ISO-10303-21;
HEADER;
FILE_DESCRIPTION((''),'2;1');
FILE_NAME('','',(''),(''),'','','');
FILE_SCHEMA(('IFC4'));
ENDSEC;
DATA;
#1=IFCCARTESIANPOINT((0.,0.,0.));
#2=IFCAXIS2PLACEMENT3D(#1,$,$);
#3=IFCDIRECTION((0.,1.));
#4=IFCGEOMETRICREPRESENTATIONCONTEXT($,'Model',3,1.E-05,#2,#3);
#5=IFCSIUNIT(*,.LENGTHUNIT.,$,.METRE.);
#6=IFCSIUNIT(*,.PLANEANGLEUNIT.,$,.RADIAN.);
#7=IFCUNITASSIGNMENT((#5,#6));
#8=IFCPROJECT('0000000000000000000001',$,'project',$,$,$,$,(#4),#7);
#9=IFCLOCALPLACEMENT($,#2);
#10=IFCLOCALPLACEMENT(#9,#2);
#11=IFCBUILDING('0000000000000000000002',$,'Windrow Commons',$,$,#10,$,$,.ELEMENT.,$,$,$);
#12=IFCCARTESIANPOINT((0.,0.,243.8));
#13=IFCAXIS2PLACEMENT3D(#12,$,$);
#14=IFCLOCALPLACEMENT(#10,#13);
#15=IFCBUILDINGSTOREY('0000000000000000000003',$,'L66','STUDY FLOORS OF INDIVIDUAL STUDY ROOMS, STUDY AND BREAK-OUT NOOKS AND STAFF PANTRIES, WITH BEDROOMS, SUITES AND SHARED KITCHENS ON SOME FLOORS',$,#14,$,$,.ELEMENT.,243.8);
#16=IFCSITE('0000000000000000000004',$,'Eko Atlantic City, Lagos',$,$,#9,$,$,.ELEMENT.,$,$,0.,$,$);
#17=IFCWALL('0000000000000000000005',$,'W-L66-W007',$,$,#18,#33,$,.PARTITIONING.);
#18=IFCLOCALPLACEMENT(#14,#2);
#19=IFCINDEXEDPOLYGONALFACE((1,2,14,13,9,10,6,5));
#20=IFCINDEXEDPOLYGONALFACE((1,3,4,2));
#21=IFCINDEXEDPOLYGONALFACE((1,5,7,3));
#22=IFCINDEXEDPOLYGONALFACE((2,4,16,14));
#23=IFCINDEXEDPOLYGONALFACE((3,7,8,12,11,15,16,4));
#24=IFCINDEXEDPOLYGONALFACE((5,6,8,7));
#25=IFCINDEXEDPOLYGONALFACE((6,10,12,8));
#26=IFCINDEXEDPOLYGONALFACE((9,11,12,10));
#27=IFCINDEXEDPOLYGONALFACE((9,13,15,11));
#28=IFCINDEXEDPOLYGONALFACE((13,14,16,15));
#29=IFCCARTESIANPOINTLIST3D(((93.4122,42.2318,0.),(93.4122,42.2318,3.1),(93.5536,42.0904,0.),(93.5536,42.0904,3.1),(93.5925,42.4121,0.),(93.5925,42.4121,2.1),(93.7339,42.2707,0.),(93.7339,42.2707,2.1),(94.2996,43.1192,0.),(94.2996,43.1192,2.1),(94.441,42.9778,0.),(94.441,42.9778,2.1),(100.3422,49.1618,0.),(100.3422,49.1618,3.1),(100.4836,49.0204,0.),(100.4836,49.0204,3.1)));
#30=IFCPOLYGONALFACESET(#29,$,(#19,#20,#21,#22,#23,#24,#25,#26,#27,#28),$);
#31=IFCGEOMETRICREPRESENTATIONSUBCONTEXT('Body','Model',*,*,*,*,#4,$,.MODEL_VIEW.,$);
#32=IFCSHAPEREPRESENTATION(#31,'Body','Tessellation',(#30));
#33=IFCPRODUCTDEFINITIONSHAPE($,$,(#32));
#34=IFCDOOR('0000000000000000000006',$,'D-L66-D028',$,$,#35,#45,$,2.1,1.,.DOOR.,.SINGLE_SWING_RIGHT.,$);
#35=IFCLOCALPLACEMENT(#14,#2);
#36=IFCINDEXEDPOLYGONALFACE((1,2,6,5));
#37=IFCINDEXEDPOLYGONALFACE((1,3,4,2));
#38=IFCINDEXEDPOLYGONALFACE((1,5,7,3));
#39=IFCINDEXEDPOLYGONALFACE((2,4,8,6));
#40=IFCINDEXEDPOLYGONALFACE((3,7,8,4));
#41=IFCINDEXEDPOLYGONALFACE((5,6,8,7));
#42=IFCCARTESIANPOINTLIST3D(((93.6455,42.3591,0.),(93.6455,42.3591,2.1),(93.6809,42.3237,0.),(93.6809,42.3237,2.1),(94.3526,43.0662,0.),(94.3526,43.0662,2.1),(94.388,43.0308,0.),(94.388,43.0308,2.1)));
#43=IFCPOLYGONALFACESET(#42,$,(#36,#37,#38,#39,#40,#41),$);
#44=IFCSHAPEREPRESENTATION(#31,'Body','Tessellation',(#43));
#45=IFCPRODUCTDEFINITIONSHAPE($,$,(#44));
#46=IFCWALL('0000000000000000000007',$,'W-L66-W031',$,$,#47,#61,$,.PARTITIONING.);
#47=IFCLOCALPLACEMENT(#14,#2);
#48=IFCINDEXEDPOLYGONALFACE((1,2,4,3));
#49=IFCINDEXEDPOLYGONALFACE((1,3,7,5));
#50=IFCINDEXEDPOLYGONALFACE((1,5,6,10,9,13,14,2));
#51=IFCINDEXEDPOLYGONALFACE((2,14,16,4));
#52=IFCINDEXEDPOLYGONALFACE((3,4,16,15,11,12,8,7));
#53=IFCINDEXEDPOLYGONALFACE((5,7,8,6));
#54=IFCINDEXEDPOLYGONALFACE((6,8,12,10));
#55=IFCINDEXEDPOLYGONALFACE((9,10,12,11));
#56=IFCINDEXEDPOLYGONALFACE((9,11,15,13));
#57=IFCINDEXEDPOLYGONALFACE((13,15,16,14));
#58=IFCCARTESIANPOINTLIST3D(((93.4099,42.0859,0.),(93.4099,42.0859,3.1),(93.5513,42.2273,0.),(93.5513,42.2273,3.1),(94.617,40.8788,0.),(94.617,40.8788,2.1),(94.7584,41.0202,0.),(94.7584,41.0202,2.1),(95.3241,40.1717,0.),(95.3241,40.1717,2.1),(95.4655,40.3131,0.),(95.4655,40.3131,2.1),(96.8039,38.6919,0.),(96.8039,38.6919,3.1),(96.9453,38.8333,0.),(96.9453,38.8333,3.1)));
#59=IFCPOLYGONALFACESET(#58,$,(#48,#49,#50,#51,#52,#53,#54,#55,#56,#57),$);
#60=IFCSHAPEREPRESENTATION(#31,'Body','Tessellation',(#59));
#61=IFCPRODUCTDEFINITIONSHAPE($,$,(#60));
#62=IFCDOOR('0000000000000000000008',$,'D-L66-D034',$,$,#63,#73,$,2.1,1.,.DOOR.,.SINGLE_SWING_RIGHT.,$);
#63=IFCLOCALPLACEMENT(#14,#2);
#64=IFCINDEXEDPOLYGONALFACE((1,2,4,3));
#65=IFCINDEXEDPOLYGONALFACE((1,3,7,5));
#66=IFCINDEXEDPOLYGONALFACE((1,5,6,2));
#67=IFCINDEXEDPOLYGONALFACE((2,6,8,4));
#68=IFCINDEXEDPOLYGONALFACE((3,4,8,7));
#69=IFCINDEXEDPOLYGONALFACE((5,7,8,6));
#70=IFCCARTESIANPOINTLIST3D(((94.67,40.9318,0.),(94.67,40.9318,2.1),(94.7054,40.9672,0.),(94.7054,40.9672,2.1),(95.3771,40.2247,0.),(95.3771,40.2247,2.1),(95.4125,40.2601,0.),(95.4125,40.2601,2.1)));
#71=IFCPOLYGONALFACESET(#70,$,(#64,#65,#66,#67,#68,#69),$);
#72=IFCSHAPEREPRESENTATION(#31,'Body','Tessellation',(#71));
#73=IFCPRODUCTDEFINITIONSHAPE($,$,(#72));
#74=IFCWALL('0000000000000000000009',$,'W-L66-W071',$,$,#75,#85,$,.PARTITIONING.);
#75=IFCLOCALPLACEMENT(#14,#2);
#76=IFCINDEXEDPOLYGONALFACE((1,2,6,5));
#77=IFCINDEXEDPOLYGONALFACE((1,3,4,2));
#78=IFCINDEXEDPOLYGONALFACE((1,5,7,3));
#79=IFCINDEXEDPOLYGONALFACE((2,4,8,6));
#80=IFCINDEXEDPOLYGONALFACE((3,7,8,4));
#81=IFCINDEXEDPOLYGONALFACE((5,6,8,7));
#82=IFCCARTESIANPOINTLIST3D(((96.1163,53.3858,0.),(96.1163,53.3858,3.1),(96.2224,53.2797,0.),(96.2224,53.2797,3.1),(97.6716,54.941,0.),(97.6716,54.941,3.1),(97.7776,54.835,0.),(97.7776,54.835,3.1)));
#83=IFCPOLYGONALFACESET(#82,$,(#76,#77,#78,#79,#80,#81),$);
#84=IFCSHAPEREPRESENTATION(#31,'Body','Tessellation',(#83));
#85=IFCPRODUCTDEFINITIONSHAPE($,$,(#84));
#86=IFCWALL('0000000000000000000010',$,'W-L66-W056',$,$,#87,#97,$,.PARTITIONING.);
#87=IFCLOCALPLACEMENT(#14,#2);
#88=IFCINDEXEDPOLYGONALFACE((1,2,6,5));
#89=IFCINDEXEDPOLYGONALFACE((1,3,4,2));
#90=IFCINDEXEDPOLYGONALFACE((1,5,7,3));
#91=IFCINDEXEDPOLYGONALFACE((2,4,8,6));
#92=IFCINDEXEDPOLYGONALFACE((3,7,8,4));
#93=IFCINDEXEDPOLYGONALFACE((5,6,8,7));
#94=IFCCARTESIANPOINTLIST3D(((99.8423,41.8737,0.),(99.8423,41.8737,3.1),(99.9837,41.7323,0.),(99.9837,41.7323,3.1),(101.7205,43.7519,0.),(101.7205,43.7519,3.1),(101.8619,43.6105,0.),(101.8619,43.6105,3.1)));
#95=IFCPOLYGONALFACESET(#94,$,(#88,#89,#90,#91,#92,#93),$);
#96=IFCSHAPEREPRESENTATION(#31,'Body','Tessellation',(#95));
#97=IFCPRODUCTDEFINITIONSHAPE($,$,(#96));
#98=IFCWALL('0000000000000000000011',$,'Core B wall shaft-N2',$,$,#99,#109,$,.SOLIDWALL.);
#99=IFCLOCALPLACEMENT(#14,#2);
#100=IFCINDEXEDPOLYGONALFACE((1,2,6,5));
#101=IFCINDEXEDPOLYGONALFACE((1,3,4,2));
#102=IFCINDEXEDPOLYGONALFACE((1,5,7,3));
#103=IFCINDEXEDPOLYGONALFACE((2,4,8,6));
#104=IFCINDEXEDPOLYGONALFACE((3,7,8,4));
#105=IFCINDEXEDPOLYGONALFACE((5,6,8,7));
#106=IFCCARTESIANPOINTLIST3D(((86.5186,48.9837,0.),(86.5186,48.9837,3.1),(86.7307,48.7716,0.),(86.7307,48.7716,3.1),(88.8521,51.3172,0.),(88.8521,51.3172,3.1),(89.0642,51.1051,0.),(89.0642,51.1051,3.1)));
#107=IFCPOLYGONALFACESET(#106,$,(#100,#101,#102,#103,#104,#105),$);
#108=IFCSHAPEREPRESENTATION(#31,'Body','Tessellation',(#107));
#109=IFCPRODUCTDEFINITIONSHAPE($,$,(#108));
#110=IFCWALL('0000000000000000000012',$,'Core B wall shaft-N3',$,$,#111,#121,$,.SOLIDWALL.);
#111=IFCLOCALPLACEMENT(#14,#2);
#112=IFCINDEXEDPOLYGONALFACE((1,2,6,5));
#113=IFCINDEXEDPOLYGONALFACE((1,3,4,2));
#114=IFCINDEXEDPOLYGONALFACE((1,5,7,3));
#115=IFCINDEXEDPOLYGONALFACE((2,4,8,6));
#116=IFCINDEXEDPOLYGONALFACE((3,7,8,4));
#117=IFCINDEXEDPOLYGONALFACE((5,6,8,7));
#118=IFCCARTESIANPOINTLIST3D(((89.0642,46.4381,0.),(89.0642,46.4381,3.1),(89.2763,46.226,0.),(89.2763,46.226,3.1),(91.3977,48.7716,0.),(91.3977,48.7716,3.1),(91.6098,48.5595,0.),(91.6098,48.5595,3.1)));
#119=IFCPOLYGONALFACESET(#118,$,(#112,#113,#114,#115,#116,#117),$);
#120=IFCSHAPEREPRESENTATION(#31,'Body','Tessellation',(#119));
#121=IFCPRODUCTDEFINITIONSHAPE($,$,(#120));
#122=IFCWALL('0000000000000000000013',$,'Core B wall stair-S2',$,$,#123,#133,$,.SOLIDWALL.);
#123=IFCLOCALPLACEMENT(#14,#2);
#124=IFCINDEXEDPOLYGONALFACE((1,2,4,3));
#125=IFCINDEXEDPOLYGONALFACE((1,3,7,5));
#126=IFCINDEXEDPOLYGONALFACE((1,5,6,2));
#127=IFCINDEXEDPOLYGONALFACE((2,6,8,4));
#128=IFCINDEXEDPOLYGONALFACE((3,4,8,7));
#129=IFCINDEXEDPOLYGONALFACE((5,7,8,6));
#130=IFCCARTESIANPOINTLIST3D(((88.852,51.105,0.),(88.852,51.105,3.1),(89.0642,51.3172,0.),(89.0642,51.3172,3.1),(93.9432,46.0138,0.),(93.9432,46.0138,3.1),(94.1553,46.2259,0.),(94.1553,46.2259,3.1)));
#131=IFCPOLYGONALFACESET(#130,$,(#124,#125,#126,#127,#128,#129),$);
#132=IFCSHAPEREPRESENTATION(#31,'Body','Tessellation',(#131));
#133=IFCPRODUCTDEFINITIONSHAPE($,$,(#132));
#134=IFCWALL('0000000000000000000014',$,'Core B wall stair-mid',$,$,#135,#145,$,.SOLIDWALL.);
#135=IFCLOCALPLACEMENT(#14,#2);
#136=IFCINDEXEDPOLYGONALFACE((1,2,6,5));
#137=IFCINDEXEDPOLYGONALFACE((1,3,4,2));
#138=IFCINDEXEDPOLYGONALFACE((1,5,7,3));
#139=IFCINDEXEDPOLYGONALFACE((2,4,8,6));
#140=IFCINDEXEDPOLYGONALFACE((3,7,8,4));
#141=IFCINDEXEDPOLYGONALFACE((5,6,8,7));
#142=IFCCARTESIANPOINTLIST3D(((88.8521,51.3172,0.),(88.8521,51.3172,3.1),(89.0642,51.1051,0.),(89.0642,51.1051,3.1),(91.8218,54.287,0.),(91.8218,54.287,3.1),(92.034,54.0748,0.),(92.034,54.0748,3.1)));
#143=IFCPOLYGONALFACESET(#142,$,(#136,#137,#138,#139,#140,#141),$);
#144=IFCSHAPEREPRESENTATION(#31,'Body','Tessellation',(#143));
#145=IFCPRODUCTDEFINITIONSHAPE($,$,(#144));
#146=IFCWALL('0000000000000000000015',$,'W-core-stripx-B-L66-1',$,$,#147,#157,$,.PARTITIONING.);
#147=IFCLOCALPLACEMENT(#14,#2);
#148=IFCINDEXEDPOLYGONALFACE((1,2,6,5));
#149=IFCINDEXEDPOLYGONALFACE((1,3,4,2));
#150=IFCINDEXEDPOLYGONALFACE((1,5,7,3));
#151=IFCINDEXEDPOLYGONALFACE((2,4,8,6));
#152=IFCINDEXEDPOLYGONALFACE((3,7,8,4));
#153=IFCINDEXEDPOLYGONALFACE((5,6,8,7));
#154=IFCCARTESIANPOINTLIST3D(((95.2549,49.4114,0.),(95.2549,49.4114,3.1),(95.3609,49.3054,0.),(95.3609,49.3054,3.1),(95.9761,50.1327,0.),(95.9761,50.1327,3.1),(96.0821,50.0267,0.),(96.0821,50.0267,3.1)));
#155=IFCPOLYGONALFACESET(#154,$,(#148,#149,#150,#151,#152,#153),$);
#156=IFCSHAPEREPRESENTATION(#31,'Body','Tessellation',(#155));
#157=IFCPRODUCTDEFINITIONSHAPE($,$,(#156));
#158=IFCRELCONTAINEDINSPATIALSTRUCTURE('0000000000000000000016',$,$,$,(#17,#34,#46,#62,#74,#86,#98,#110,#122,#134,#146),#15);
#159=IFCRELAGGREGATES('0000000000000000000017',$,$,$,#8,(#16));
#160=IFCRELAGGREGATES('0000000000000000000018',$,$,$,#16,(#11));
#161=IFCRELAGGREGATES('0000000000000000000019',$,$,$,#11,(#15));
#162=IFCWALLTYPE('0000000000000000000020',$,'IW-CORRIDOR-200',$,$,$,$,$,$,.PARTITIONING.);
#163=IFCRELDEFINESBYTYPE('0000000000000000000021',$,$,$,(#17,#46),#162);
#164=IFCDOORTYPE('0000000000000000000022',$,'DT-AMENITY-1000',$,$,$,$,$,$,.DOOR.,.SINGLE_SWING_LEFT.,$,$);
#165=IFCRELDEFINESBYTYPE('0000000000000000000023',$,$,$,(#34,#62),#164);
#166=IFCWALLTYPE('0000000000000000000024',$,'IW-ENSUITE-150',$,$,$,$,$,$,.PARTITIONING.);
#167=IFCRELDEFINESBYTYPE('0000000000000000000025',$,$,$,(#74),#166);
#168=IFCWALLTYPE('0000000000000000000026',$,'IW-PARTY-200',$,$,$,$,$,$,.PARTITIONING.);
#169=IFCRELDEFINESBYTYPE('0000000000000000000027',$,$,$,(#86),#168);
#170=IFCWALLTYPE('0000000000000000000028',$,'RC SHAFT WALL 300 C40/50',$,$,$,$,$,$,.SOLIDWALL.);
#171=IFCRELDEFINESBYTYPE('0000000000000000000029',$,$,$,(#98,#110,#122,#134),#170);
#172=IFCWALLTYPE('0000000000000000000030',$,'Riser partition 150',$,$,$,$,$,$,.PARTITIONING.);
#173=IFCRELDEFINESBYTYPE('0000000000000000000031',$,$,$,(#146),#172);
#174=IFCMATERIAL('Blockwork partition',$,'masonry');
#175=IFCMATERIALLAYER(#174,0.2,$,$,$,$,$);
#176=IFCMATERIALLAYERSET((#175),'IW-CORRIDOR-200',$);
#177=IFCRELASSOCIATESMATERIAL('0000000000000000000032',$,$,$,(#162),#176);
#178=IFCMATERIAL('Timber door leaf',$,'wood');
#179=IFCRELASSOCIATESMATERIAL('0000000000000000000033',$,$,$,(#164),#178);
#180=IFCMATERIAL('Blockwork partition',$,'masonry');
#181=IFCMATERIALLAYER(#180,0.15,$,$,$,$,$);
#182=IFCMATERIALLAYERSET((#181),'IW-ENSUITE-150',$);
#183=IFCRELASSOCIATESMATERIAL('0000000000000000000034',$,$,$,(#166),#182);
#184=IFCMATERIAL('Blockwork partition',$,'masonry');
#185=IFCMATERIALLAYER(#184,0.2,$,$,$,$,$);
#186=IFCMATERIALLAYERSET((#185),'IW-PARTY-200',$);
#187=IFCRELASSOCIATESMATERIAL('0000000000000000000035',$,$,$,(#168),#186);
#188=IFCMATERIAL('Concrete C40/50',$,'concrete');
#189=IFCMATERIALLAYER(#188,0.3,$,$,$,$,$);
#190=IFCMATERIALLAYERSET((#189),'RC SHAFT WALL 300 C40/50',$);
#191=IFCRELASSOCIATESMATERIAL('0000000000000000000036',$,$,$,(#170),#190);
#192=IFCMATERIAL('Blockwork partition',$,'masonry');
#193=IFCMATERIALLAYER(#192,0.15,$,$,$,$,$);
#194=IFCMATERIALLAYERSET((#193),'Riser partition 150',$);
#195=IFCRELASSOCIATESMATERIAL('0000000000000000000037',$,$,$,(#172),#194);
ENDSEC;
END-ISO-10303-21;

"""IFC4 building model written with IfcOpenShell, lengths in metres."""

from ifc_helpers import new_model, si_unit, direction, frame, frame_2d, origin, place, context, subcontext, project, spatial, rectangle, extrude, material, layer, layer_set, type_object, element, fill, save


model = new_model("IFC4")

# Units and contexts
model_context = context("Model", 3, precision=1e-05, world=origin(), true_north=direction((0.0, 1.0)))
body_context = subcontext(model_context, "Body", "Model", "MODEL_VIEW")
ifc_project = project(units=[si_unit("LENGTHUNIT", "METRE"), si_unit("PLANEANGLEUNIT", "RADIAN")], contexts=[model_context])

# Site, building, storey
site_placement = place(None, origin())
site = spatial("IfcSite", under=ifc_project, at=site_placement, Name="Eko Atlantic City, Lagos", CompositionType="ELEMENT", RefElevation=0.0)
building_placement = place(site_placement, origin())
building = spatial("IfcBuilding", under=site, at=building_placement, Name="Windrow Commons", CompositionType="ELEMENT")
storey_placement = place(building_placement, frame((0.0, 0.0, 243.8)))
storey = spatial("IfcBuildingStorey", under=building, at=storey_placement, Name="L66", Description="STUDY FLOORS OF INDIVIDUAL STUDY ROOMS, STUDY AND BREAK-OUT NOOKS AND STAFF PANTRIES, WITH BEDROOMS, SUITES AND SHARED KITCHENS ON SOME FLOORS", CompositionType="ELEMENT", Elevation=243.8)

# Walls, openings, doors
ifc_material_1 = material(Name="Blockwork partition", Category="masonry")
ifc_layer_1 = layer(ifc_material_1, 0.2)
ifc_layer_set_1 = layer_set([ifc_layer_1], Name="IW-CORRIDOR-200")
wall_type_1 = type_object("IfcWallType", Name="IW-CORRIDOR-200", PredefinedType="PARTITIONING", material=ifc_layer_set_1)
wall_1_placement = place(storey_placement, frame((93.4829, 42.1611, 0.0), z_axis=(0.0, 0.0, 1.0), x_axis=(0.707107, 0.707107, 0.0)))
wall_1 = element("IfcWall", 1, at=wall_1_placement, inside=storey, type_object=wall_type_1, Name="W-L66-W007", PredefinedType="PARTITIONING", context=body_context, shape_type="SweptSolid", body=[
    extrude(rectangle(XDim=9.8005, YDim=0.2, at=frame_2d((4.9002, 0.0))), origin(), (0.0, 0.0, 1.0), 3.1),
])
opening_1_placement = place(wall_1_placement, frame((0.255, 0.0, 0.0)))
opening_1 = element("IfcOpeningElement", 2, at=opening_1_placement, cuts=wall_1, PredefinedType="OPENING", context=body_context, shape_type="SweptSolid", body=[
    extrude(rectangle(XDim=1.0, YDim=2.1, at=frame_2d((0.5, 1.05))), frame((0.0, 0.11, 0.0), z_axis=(0.0, -1.0, 0.0), x_axis=(1.0, 0.0, 0.0)), (0.0, 0.0, 1.0), 0.22),
])
ifc_material_2 = material(Name="Timber door leaf", Category="wood")
door_type = type_object("IfcDoorType", Name="DT-AMENITY-1000", OperationType="SINGLE_SWING_LEFT", PredefinedType="DOOR", material=ifc_material_2)
door_1_placement = place(opening_1_placement, origin())
door_1 = element("IfcDoor", 3, at=door_1_placement, inside=storey, type_object=door_type, Name="D-L66-D028", OperationType="SINGLE_SWING_RIGHT", OverallHeight=2.1, OverallWidth=1.0, PredefinedType="DOOR", context=body_context, shape_type="SweptSolid", body=[
    extrude(rectangle(XDim=1.0, YDim=2.1, at=frame_2d((0.5, 1.05))), frame((0.0, 0.025, 0.0), z_axis=(0.0, -1.0, 0.0), x_axis=(1.0, 0.0, 0.0)), (0.0, 0.0, 1.0), 0.05),
])
fill(opening_1, door_1)
wall_2_placement = place(storey_placement, frame((93.4806, 42.1566, 0.0), z_axis=(0.0, 0.0, 1.0), x_axis=(0.707107, -0.707107, 0.0)))
wall_2 = element("IfcWall", 4, at=wall_2_placement, inside=storey, type_object=wall_type_1, Name="W-L66-W031", PredefinedType="PARTITIONING", context=body_context, shape_type="SweptSolid", body=[
    extrude(rectangle(XDim=4.7998, YDim=0.2, at=frame_2d((2.3999, 0.0))), origin(), (0.0, 0.0, 1.0), 3.1),
])
opening_2_placement = place(wall_2_placement, frame((1.7071, 0.0, 0.0)))
opening_2 = element("IfcOpeningElement", 5, at=opening_2_placement, cuts=wall_2, PredefinedType="OPENING", context=body_context, shape_type="SweptSolid", body=[
    extrude(rectangle(XDim=1.0, YDim=2.1, at=frame_2d((0.5, 1.05))), frame((0.0, 0.11, 0.0), z_axis=(0.0, -1.0, 0.0), x_axis=(1.0, 0.0, 0.0)), (0.0, 0.0, 1.0), 0.22),
])
door_2_placement = place(opening_2_placement, origin())
door_2 = element("IfcDoor", 6, at=door_2_placement, inside=storey, type_object=door_type, Name="D-L66-D034", OperationType="SINGLE_SWING_RIGHT", OverallHeight=2.1, OverallWidth=1.0, PredefinedType="DOOR", context=body_context, shape_type="SweptSolid", body=[
    extrude(rectangle(XDim=1.0, YDim=2.1, at=frame_2d((0.5, 1.05))), frame((0.0, 0.025, 0.0), z_axis=(0.0, -1.0, 0.0), x_axis=(1.0, 0.0, 0.0)), (0.0, 0.0, 1.0), 0.05),
])
fill(opening_2, door_2)

# Walls
ifc_material_3 = material(Name="Blockwork partition", Category="masonry")
ifc_layer_2 = layer(ifc_material_3, 0.15)
ifc_layer_set_2 = layer_set([ifc_layer_2], Name="IW-ENSUITE-150")
wall_type_2 = type_object("IfcWallType", Name="IW-ENSUITE-150", PredefinedType="PARTITIONING", material=ifc_layer_set_2)
wall_3_placement = place(storey_placement, frame((96.1693, 53.3327, 0.0), z_axis=(0.0, 0.0, 1.0), x_axis=(0.707107, 0.707107, 0.0)))
element("IfcWall", 7, at=wall_3_placement, inside=storey, type_object=wall_type_2, Name="W-L66-W071", PredefinedType="PARTITIONING", context=body_context, shape_type="SweptSolid", body=[
    extrude(rectangle(XDim=2.1995, YDim=0.15, at=frame_2d((1.0998, 0.0))), origin(), (0.0, 0.0, 1.0), 3.1),
])
ifc_material_4 = material(Name="Blockwork partition", Category="masonry")
ifc_layer_3 = layer(ifc_material_4, 0.2)
ifc_layer_set_3 = layer_set([ifc_layer_3], Name="IW-PARTY-200")
wall_type_3 = type_object("IfcWallType", Name="IW-PARTY-200", PredefinedType="PARTITIONING", material=ifc_layer_set_3)
wall_4_placement = place(storey_placement, frame((99.913, 41.803, 0.0), z_axis=(0.0, 0.0, 1.0), x_axis=(0.707107, 0.707107, 0.0)))
element("IfcWall", 8, at=wall_4_placement, inside=storey, type_object=wall_type_3, Name="W-L66-W056", PredefinedType="PARTITIONING", context=body_context, shape_type="SweptSolid", body=[
    extrude(rectangle(XDim=2.6562, YDim=0.2, at=frame_2d((1.3281, 0.0))), origin(), (0.0, 0.0, 1.0), 3.1),
])
ifc_material_5 = material(Name="Concrete C40/50", Category="concrete")
ifc_layer_4 = layer(ifc_material_5, 0.3)
ifc_layer_set_4 = layer_set([ifc_layer_4], Name="RC SHAFT WALL 300 C40/50")
wall_type_4 = type_object("IfcWallType", Name="RC SHAFT WALL 300 C40/50", PredefinedType="SOLIDWALL", material=ifc_layer_set_4)
for number, where, z_axis, x_axis, name in (
    (9, (86.6246, 48.8776, 0.0), (0.0, 0.0, 1.0), (0.707107, 0.707107, 0.0), "Core B wall shaft-N2"),
    (10, (89.1702, 46.332, 0.0), (0.0, 0.0, 1.0), (0.707107, 0.707107, 0.0), "Core B wall shaft-N3"),
):
    element("IfcWall", number, at=place(storey_placement, frame(where, z_axis=z_axis, x_axis=x_axis)), inside=storey, type_object=wall_type_4, Name=name, PredefinedType="SOLIDWALL", context=body_context, shape_type="SweptSolid", body=[
        extrude(rectangle(XDim=3.3001, YDim=0.3, at=frame_2d((1.6501, 0.0))), origin(), (0.0, 0.0, 1.0), 3.1),
    ])
wall_5_placement = place(storey_placement, frame((88.9581, 51.2111, 0.0), z_axis=(0.0, 0.0, 1.0), x_axis=(0.7071, -0.707114, 0.0)))
element("IfcWall", 11, at=wall_5_placement, inside=storey, type_object=wall_type_4, Name="Core B wall stair-S2", PredefinedType="SOLIDWALL", context=body_context, shape_type="SweptSolid", body=[
    extrude(rectangle(XDim=7.2, YDim=0.3, at=frame_2d((3.6, 0.0))), origin(), (0.0, 0.0, 1.0), 3.1),
])
wall_6_placement = place(storey_placement, frame((88.9581, 51.2111, 0.0), z_axis=(0.0, 0.0, 1.0), x_axis=(0.707107, 0.707107, 0.0)))
element("IfcWall", 12, at=wall_6_placement, inside=storey, type_object=wall_type_4, Name="Core B wall stair-mid", PredefinedType="SOLIDWALL", context=body_context, shape_type="SweptSolid", body=[
    extrude(rectangle(XDim=4.1999, YDim=0.3, at=frame_2d((2.1, 0.0))), origin(), (0.0, 0.0, 1.0), 3.1),
])
ifc_material_6 = material(Name="Blockwork partition", Category="masonry")
ifc_layer_5 = layer(ifc_material_6, 0.15)
ifc_layer_set_5 = layer_set([ifc_layer_5], Name="Riser partition 150")
wall_type_5 = type_object("IfcWallType", Name="Riser partition 150", PredefinedType="PARTITIONING", material=ifc_layer_set_5)
wall_7_placement = place(storey_placement, frame((95.3079, 49.3584, 0.0), z_axis=(0.0, 0.0, 1.0), x_axis=(0.707058, 0.707156, 0.0)))
element("IfcWall", 13, at=wall_7_placement, inside=storey, type_object=wall_type_5, Name="W-core-stripx-B-L66-1", PredefinedType="PARTITIONING", context=body_context, shape_type="SweptSolid", body=[
    extrude(rectangle(XDim=1.02, YDim=0.15, at=frame_2d((0.51, 0.0))), origin(), (0.0, 0.0, 1.0), 3.1),
])

save(model, "model.ifc")
